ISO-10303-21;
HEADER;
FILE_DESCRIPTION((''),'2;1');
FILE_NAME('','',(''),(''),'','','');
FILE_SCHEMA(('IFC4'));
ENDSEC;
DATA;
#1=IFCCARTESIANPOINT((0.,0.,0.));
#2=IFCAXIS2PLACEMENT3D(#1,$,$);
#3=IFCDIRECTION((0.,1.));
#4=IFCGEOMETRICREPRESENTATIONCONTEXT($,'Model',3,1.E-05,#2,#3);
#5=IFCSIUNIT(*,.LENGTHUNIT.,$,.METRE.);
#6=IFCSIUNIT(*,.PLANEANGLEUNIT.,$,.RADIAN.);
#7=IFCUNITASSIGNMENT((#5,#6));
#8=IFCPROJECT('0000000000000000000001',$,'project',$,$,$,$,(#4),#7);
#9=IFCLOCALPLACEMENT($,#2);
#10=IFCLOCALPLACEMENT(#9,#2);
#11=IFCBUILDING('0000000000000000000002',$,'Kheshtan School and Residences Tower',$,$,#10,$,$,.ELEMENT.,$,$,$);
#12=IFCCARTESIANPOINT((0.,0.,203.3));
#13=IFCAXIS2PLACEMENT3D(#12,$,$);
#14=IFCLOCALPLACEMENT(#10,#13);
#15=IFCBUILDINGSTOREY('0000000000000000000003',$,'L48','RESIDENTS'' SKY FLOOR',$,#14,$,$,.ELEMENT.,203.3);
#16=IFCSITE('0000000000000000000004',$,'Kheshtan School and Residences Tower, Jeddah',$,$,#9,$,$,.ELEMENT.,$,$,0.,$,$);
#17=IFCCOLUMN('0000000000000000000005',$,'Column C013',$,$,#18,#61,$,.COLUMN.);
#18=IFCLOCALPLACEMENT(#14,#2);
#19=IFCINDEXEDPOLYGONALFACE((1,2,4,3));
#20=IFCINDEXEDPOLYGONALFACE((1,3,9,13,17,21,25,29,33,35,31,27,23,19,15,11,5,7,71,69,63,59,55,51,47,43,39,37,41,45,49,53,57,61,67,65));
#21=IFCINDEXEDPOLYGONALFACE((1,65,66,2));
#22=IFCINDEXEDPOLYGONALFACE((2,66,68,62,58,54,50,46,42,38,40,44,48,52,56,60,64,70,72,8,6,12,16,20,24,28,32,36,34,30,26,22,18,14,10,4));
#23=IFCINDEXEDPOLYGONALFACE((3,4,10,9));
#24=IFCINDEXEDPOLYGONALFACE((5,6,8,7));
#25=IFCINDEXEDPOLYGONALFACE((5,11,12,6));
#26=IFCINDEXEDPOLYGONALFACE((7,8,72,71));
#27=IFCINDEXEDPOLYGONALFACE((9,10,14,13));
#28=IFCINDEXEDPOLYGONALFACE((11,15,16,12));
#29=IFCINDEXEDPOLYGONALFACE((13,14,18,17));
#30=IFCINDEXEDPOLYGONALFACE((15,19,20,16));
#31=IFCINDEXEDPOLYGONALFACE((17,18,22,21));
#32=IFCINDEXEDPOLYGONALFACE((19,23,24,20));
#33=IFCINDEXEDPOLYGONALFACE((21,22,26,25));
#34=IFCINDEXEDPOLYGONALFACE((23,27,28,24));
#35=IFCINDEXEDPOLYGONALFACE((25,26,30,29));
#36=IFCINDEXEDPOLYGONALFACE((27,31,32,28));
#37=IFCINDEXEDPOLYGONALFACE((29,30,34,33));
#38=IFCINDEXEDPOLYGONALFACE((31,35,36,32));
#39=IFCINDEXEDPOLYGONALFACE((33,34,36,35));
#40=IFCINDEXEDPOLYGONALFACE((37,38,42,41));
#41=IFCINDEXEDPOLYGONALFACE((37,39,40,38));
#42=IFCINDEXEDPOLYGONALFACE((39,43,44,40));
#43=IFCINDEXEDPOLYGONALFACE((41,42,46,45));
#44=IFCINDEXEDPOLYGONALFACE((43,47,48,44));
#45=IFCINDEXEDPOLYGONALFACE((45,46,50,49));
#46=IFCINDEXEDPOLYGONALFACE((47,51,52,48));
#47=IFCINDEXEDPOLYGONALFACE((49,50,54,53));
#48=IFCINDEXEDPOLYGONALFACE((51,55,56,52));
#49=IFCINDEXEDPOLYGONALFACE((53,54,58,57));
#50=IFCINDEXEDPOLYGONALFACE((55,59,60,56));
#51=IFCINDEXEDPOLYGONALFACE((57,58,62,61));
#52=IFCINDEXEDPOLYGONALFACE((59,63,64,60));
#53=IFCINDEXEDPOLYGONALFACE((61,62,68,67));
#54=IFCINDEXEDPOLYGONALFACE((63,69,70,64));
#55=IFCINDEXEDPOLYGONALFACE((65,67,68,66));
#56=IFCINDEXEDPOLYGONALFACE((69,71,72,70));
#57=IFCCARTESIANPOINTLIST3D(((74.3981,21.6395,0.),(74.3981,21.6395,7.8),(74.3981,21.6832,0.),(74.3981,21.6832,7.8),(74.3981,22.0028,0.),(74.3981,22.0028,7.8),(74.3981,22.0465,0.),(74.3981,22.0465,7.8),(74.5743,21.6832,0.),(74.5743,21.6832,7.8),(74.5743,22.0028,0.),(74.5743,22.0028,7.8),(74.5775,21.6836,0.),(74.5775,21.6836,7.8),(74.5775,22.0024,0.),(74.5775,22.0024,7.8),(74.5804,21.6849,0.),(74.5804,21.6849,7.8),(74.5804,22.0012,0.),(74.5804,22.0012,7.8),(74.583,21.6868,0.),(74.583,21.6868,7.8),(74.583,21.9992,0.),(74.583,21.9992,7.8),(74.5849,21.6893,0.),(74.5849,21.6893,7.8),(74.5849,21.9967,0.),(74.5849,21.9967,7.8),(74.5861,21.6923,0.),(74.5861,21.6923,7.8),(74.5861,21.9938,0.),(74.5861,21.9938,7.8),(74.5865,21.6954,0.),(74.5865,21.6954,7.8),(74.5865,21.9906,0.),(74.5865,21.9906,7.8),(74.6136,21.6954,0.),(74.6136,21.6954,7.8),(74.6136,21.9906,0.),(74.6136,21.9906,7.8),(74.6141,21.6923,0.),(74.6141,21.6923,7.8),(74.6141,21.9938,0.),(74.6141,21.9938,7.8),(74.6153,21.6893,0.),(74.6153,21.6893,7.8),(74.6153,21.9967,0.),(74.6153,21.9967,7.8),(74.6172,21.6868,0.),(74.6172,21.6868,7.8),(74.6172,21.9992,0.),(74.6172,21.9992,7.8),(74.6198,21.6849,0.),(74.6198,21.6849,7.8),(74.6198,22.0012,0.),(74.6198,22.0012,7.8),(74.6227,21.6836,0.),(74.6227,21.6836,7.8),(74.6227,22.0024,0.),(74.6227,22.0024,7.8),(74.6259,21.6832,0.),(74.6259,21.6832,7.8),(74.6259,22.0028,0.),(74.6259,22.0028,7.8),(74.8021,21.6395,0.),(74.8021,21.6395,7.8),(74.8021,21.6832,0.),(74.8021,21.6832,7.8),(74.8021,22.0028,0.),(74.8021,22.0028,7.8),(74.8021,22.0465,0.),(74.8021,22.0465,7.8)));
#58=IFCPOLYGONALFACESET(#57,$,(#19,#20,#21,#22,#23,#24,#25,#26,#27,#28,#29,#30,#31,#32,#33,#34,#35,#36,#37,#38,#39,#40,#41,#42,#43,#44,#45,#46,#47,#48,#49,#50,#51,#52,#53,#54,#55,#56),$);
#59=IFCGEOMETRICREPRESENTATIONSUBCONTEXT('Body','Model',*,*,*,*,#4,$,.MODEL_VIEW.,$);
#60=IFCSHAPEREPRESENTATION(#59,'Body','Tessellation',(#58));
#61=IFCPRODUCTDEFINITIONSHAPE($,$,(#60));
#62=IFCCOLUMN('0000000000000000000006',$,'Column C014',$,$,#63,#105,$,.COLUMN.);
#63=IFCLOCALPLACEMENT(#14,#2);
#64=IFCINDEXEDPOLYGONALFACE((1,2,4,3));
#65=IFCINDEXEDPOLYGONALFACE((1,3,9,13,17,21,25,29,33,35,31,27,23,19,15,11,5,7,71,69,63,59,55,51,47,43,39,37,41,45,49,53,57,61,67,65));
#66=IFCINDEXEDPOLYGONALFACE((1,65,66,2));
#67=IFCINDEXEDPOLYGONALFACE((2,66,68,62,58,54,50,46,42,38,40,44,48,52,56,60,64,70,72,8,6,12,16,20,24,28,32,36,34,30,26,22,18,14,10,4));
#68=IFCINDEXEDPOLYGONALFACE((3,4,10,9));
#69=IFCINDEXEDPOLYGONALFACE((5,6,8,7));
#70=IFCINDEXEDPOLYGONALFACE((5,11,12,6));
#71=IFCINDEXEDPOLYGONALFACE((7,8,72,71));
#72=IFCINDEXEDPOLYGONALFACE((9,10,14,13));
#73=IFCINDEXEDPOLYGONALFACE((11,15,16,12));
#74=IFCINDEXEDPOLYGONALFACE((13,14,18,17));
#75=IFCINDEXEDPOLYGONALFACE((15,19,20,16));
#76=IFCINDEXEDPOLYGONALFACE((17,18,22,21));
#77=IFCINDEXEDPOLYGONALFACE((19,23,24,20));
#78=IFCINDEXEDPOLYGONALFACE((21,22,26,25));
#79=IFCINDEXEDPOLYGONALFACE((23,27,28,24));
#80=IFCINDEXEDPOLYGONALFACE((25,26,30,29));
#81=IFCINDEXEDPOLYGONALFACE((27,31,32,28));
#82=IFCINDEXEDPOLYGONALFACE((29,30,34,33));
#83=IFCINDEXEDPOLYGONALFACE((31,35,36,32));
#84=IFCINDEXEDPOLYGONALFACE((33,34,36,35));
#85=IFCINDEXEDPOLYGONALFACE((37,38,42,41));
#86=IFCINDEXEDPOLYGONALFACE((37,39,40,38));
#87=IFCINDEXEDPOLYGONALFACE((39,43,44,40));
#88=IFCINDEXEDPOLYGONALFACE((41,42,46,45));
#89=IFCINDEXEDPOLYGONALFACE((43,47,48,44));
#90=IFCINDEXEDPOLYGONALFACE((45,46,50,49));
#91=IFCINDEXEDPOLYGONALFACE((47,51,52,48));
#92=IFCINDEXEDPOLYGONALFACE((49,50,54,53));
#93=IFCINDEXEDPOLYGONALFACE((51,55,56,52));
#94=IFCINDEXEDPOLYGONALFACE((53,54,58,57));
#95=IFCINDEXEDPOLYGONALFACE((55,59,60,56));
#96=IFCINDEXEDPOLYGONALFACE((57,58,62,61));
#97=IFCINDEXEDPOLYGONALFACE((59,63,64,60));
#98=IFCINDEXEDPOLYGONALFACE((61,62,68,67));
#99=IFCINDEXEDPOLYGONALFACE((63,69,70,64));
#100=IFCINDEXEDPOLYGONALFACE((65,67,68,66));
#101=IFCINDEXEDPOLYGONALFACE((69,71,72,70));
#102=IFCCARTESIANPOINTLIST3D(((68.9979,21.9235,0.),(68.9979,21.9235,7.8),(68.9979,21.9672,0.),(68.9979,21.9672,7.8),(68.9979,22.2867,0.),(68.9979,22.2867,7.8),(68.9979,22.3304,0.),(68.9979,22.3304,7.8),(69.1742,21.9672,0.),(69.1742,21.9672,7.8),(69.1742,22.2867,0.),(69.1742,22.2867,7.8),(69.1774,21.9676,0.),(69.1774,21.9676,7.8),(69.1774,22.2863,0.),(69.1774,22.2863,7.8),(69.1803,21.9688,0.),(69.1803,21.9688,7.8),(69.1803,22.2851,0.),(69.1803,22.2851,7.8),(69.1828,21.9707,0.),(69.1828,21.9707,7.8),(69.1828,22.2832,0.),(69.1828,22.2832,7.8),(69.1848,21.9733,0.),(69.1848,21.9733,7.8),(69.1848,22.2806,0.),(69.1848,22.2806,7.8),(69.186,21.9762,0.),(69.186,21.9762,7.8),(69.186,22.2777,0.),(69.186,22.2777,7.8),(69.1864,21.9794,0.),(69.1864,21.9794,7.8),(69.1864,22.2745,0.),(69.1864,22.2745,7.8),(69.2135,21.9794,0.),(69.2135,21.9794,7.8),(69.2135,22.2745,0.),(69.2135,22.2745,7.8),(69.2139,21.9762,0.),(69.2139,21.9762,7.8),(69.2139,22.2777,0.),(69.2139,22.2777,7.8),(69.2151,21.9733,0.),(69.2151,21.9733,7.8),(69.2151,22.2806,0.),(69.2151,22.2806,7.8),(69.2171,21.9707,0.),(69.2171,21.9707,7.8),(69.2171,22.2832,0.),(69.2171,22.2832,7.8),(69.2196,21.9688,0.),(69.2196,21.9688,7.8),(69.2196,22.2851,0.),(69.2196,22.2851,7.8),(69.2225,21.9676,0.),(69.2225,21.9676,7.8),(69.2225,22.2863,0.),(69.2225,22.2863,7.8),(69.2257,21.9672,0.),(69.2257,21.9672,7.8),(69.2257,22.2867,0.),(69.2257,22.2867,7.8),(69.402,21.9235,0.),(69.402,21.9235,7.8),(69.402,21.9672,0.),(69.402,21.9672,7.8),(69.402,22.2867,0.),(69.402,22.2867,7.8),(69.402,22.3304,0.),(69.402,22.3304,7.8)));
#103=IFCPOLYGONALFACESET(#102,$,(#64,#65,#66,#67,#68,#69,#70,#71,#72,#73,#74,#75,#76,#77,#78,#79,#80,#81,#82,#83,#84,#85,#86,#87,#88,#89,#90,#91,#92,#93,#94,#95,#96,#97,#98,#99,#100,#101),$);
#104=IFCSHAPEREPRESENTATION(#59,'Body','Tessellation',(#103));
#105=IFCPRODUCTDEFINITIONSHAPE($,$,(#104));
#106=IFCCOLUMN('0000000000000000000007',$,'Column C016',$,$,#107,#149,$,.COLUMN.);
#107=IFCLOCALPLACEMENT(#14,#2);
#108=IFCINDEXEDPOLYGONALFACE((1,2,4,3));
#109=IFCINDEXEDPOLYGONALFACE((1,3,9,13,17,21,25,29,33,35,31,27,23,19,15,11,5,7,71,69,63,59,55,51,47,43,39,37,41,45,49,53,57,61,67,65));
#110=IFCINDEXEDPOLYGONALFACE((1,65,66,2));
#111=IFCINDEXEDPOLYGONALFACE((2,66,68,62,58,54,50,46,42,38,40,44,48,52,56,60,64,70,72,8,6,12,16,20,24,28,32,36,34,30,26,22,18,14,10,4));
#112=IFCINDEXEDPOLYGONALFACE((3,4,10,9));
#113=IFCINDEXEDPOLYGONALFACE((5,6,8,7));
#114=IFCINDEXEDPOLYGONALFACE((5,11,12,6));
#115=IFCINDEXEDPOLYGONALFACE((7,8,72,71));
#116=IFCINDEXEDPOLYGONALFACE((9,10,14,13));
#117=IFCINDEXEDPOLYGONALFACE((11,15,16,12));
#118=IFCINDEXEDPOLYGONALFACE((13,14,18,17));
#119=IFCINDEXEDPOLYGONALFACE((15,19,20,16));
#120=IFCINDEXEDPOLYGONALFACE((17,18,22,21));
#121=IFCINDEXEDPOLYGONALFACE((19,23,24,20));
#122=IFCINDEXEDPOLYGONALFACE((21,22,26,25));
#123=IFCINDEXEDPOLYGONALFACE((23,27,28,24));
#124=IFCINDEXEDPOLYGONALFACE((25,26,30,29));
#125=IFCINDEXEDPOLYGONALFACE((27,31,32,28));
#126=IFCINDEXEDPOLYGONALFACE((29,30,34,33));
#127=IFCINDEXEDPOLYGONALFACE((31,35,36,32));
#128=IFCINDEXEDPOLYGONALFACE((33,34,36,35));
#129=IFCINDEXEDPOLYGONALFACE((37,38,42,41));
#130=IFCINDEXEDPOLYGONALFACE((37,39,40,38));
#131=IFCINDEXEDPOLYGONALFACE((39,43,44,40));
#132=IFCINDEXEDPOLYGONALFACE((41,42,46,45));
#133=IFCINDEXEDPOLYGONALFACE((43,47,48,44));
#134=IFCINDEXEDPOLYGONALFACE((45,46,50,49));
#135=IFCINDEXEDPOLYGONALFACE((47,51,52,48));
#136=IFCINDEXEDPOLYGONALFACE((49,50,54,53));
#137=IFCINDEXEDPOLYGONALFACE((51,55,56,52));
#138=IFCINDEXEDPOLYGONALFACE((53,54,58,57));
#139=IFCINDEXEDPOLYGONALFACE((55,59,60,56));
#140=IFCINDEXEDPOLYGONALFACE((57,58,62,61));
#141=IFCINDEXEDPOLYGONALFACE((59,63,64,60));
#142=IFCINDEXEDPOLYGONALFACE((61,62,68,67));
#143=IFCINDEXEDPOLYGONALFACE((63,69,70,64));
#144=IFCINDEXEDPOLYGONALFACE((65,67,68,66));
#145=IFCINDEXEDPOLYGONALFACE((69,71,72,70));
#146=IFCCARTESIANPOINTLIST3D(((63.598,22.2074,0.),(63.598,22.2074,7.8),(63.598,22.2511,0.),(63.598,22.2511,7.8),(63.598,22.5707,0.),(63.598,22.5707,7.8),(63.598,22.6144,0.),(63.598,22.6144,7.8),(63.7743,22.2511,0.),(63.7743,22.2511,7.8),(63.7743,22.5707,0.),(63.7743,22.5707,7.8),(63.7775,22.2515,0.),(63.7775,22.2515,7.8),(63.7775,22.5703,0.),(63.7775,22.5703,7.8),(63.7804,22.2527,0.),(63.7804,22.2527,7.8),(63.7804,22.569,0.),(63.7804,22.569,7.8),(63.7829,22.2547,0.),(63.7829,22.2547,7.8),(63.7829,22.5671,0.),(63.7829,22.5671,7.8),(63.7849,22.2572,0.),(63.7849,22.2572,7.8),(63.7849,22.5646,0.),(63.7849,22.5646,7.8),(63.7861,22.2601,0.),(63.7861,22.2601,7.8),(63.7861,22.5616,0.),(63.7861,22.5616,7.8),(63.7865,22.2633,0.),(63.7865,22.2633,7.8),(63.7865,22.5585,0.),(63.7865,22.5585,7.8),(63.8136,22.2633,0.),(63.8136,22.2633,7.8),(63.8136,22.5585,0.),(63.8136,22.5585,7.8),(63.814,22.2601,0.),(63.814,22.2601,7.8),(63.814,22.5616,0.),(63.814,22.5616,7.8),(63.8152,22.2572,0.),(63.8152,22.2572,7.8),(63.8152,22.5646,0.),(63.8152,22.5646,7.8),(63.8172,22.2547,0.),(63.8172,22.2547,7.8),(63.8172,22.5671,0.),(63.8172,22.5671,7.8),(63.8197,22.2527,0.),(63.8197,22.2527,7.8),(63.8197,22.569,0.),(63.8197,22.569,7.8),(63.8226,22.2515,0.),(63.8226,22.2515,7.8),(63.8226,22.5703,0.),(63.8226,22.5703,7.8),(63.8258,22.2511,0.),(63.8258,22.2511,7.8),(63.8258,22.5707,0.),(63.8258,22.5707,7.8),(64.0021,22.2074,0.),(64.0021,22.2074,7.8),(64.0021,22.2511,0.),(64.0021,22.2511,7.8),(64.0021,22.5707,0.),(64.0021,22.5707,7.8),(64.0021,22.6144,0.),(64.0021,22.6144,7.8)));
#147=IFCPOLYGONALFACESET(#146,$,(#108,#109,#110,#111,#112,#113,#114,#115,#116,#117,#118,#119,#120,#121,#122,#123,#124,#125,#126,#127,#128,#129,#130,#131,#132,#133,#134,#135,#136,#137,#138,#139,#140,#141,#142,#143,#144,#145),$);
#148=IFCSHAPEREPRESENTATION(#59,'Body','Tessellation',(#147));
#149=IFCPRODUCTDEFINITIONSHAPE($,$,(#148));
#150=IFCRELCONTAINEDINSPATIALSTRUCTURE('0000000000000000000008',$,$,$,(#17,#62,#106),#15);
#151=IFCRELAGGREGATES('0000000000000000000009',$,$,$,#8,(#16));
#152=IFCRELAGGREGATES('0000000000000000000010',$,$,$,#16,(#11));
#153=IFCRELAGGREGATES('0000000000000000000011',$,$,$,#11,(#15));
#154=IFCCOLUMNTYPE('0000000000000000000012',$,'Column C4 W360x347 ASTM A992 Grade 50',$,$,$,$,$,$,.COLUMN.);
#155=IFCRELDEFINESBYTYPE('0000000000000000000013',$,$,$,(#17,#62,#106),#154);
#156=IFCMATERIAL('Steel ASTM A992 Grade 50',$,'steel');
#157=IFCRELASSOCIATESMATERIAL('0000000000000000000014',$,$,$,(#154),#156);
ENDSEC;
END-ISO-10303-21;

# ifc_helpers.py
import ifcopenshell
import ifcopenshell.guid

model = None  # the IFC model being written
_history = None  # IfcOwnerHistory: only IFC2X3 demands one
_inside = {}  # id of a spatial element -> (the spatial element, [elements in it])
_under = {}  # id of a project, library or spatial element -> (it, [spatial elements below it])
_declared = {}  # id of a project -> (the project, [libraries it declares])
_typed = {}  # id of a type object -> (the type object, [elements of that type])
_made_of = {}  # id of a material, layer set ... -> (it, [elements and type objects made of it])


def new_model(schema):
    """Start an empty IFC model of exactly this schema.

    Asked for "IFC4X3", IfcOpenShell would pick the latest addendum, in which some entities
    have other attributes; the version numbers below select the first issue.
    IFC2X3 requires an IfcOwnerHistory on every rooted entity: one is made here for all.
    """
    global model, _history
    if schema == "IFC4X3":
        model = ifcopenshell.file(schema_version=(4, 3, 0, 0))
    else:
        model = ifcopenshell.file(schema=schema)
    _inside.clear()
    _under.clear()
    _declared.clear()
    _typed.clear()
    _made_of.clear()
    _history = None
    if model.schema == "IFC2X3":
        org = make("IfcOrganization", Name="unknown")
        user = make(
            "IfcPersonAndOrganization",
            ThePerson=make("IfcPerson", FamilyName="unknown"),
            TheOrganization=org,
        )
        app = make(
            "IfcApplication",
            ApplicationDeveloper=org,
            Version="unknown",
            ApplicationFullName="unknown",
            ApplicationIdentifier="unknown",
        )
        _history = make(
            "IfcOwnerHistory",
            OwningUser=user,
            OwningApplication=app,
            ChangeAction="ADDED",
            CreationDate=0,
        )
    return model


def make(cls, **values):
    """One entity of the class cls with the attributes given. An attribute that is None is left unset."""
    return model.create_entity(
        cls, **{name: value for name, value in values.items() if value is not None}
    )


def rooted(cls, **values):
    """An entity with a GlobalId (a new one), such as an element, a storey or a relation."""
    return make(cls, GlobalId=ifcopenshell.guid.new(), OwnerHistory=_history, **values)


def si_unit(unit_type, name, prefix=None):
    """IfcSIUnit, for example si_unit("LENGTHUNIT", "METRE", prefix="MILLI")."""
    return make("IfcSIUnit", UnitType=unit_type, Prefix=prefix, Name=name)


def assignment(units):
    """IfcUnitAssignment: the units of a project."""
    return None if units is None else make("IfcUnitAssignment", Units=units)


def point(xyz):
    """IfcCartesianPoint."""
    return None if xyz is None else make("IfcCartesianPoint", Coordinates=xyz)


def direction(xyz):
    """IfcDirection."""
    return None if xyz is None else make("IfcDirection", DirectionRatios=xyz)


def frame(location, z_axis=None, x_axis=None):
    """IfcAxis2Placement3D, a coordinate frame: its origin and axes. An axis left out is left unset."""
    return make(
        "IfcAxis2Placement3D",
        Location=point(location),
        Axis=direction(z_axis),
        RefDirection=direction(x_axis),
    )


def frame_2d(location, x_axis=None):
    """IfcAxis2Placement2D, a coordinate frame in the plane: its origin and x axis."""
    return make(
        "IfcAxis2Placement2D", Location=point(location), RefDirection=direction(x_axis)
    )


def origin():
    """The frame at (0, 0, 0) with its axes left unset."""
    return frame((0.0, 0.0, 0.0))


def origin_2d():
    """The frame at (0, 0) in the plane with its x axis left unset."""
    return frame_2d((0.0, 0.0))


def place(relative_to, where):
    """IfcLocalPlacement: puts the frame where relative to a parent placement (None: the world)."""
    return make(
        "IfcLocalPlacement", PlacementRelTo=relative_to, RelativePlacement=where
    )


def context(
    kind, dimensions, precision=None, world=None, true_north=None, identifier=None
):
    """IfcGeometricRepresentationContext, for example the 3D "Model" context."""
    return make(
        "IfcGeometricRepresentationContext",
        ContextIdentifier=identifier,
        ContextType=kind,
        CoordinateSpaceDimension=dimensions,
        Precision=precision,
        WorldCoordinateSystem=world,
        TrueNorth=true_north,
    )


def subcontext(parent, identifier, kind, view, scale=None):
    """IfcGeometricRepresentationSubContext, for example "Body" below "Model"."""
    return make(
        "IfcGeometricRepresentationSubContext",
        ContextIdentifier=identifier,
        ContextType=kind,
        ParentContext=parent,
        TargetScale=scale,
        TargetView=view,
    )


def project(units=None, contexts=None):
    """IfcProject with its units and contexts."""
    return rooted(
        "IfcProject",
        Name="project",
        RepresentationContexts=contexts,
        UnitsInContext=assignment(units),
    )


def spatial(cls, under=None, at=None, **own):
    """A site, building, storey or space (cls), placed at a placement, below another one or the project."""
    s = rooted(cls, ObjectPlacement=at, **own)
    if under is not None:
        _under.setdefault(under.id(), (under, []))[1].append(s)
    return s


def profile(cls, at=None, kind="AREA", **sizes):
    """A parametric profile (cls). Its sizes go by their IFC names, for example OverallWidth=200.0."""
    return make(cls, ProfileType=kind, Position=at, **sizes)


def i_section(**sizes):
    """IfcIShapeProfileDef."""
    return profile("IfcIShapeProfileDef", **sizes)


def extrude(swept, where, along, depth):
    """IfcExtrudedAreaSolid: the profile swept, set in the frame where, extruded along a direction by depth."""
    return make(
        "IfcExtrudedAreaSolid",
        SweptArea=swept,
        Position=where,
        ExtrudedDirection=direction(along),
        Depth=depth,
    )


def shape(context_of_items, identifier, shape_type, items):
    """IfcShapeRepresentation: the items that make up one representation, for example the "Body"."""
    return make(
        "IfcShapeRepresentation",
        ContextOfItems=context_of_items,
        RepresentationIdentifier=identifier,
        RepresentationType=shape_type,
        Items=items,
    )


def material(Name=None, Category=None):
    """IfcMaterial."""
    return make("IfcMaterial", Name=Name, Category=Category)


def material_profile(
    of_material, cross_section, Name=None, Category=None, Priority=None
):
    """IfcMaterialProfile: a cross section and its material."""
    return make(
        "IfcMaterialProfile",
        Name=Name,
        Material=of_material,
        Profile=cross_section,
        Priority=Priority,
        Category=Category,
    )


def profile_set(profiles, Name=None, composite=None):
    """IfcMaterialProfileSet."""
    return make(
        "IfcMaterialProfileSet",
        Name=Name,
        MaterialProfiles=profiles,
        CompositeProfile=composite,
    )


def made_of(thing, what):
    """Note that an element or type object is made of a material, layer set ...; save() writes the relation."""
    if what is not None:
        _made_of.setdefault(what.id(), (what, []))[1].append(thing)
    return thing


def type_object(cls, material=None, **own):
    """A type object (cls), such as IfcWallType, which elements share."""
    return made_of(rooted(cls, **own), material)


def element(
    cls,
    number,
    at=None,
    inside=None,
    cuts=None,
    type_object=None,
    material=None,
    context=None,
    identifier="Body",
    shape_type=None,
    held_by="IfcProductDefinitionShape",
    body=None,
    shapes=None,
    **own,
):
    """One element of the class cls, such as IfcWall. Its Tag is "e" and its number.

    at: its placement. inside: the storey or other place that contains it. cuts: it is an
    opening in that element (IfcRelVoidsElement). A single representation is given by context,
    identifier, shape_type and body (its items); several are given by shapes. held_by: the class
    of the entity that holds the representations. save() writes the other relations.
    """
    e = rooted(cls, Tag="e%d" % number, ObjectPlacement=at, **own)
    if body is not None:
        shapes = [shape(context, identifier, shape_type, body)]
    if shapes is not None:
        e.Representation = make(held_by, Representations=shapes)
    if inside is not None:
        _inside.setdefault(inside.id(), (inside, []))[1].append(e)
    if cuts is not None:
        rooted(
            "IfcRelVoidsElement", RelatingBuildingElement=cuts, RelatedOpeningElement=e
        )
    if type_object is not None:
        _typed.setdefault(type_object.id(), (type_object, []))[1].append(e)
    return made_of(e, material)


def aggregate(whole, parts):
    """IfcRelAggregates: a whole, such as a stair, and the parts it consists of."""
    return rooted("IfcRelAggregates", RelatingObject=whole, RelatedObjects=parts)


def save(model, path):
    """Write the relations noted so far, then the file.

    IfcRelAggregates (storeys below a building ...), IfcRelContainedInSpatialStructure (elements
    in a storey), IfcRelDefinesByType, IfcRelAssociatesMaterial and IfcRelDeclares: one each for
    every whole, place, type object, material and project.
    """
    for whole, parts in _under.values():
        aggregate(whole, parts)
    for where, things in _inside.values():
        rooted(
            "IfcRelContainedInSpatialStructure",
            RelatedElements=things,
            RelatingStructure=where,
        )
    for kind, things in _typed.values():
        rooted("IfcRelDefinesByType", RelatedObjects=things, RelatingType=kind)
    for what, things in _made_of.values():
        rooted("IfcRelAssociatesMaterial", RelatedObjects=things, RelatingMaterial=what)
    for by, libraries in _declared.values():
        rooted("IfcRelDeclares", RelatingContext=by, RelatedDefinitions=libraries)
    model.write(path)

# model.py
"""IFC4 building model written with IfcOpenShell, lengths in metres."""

from ifc_helpers import new_model, si_unit, direction, frame, origin, origin_2d, place, context, subcontext, project, spatial, i_section, extrude, material, material_profile, profile_set, type_object, element, save


model = new_model("IFC4")

# Units and contexts
model_context = context("Model", 3, precision=1e-05, world=origin(), true_north=direction((0.0, 1.0)))
body_context = subcontext(model_context, "Body", "Model", "MODEL_VIEW")
ifc_project = project(units=[si_unit("LENGTHUNIT", "METRE"), si_unit("PLANEANGLEUNIT", "RADIAN")], contexts=[model_context])

# Site, building, storey
site_placement = place(None, origin())
site = spatial("IfcSite", under=ifc_project, at=site_placement, Name="Kheshtan School and Residences Tower, Jeddah", CompositionType="ELEMENT", RefElevation=0.0)
building_placement = place(site_placement, origin())
building = spatial("IfcBuilding", under=site, at=building_placement, Name="Kheshtan School and Residences Tower", CompositionType="ELEMENT")
storey_placement = place(building_placement, frame((0.0, 0.0, 203.3)))
storey = spatial("IfcBuildingStorey", under=building, at=storey_placement, Name="L48", Description="RESIDENTS' SKY FLOOR", CompositionType="ELEMENT", Elevation=203.3)

# Columns
ifc_material_1 = material(Name="Steel ASTM A992 Grade 50", Category="steel")
ifc_material_profile_1 = material_profile(ifc_material_1, i_section(OverallWidth=0.4041, OverallDepth=0.407, WebThickness=0.0271, FlangeThickness=0.0437, FilletRadius=0.0122, at=origin_2d()), Name="W360x347")
ifc_profile_set_1 = profile_set([ifc_material_profile_1], Name="Steel ASTM A992 Grade 50")
column_type_1 = type_object("IfcColumnType", Name="Column C4 W360x347 ASTM A992 Grade 50", PredefinedType="COLUMN", material=ifc_profile_set_1)
for number, where, z_axis, x_axis, name in (
    (1, (74.6001, 21.843, 0.0), (0.0, 0.0, 1.0), (1.0, 0.0, 0.0), "Column C013"),
    (2, (69.2, 22.127, 0.0), (0.0, 0.0, 1.0), (1.0, 0.0, 0.0), "Column C014"),
    (3, (63.8, 22.4109, 0.0), (0.0, 0.0, 1.0), (1.0, 0.0, 0.0), "Column C016"),
):
    element("IfcColumn", number, at=place(storey_placement, frame(where, z_axis=z_axis, x_axis=x_axis)), inside=storey, type_object=column_type_1, Name=name, PredefinedType="COLUMN", context=body_context, shape_type="SweptSolid", body=[
        extrude(i_section(OverallWidth=0.4041, OverallDepth=0.407, WebThickness=0.0271, FlangeThickness=0.0437, FilletRadius=0.0122, at=origin_2d()), origin(), (0.0, 0.0, 1.0), 7.8),
    ])

save(model, "model.ifc")
